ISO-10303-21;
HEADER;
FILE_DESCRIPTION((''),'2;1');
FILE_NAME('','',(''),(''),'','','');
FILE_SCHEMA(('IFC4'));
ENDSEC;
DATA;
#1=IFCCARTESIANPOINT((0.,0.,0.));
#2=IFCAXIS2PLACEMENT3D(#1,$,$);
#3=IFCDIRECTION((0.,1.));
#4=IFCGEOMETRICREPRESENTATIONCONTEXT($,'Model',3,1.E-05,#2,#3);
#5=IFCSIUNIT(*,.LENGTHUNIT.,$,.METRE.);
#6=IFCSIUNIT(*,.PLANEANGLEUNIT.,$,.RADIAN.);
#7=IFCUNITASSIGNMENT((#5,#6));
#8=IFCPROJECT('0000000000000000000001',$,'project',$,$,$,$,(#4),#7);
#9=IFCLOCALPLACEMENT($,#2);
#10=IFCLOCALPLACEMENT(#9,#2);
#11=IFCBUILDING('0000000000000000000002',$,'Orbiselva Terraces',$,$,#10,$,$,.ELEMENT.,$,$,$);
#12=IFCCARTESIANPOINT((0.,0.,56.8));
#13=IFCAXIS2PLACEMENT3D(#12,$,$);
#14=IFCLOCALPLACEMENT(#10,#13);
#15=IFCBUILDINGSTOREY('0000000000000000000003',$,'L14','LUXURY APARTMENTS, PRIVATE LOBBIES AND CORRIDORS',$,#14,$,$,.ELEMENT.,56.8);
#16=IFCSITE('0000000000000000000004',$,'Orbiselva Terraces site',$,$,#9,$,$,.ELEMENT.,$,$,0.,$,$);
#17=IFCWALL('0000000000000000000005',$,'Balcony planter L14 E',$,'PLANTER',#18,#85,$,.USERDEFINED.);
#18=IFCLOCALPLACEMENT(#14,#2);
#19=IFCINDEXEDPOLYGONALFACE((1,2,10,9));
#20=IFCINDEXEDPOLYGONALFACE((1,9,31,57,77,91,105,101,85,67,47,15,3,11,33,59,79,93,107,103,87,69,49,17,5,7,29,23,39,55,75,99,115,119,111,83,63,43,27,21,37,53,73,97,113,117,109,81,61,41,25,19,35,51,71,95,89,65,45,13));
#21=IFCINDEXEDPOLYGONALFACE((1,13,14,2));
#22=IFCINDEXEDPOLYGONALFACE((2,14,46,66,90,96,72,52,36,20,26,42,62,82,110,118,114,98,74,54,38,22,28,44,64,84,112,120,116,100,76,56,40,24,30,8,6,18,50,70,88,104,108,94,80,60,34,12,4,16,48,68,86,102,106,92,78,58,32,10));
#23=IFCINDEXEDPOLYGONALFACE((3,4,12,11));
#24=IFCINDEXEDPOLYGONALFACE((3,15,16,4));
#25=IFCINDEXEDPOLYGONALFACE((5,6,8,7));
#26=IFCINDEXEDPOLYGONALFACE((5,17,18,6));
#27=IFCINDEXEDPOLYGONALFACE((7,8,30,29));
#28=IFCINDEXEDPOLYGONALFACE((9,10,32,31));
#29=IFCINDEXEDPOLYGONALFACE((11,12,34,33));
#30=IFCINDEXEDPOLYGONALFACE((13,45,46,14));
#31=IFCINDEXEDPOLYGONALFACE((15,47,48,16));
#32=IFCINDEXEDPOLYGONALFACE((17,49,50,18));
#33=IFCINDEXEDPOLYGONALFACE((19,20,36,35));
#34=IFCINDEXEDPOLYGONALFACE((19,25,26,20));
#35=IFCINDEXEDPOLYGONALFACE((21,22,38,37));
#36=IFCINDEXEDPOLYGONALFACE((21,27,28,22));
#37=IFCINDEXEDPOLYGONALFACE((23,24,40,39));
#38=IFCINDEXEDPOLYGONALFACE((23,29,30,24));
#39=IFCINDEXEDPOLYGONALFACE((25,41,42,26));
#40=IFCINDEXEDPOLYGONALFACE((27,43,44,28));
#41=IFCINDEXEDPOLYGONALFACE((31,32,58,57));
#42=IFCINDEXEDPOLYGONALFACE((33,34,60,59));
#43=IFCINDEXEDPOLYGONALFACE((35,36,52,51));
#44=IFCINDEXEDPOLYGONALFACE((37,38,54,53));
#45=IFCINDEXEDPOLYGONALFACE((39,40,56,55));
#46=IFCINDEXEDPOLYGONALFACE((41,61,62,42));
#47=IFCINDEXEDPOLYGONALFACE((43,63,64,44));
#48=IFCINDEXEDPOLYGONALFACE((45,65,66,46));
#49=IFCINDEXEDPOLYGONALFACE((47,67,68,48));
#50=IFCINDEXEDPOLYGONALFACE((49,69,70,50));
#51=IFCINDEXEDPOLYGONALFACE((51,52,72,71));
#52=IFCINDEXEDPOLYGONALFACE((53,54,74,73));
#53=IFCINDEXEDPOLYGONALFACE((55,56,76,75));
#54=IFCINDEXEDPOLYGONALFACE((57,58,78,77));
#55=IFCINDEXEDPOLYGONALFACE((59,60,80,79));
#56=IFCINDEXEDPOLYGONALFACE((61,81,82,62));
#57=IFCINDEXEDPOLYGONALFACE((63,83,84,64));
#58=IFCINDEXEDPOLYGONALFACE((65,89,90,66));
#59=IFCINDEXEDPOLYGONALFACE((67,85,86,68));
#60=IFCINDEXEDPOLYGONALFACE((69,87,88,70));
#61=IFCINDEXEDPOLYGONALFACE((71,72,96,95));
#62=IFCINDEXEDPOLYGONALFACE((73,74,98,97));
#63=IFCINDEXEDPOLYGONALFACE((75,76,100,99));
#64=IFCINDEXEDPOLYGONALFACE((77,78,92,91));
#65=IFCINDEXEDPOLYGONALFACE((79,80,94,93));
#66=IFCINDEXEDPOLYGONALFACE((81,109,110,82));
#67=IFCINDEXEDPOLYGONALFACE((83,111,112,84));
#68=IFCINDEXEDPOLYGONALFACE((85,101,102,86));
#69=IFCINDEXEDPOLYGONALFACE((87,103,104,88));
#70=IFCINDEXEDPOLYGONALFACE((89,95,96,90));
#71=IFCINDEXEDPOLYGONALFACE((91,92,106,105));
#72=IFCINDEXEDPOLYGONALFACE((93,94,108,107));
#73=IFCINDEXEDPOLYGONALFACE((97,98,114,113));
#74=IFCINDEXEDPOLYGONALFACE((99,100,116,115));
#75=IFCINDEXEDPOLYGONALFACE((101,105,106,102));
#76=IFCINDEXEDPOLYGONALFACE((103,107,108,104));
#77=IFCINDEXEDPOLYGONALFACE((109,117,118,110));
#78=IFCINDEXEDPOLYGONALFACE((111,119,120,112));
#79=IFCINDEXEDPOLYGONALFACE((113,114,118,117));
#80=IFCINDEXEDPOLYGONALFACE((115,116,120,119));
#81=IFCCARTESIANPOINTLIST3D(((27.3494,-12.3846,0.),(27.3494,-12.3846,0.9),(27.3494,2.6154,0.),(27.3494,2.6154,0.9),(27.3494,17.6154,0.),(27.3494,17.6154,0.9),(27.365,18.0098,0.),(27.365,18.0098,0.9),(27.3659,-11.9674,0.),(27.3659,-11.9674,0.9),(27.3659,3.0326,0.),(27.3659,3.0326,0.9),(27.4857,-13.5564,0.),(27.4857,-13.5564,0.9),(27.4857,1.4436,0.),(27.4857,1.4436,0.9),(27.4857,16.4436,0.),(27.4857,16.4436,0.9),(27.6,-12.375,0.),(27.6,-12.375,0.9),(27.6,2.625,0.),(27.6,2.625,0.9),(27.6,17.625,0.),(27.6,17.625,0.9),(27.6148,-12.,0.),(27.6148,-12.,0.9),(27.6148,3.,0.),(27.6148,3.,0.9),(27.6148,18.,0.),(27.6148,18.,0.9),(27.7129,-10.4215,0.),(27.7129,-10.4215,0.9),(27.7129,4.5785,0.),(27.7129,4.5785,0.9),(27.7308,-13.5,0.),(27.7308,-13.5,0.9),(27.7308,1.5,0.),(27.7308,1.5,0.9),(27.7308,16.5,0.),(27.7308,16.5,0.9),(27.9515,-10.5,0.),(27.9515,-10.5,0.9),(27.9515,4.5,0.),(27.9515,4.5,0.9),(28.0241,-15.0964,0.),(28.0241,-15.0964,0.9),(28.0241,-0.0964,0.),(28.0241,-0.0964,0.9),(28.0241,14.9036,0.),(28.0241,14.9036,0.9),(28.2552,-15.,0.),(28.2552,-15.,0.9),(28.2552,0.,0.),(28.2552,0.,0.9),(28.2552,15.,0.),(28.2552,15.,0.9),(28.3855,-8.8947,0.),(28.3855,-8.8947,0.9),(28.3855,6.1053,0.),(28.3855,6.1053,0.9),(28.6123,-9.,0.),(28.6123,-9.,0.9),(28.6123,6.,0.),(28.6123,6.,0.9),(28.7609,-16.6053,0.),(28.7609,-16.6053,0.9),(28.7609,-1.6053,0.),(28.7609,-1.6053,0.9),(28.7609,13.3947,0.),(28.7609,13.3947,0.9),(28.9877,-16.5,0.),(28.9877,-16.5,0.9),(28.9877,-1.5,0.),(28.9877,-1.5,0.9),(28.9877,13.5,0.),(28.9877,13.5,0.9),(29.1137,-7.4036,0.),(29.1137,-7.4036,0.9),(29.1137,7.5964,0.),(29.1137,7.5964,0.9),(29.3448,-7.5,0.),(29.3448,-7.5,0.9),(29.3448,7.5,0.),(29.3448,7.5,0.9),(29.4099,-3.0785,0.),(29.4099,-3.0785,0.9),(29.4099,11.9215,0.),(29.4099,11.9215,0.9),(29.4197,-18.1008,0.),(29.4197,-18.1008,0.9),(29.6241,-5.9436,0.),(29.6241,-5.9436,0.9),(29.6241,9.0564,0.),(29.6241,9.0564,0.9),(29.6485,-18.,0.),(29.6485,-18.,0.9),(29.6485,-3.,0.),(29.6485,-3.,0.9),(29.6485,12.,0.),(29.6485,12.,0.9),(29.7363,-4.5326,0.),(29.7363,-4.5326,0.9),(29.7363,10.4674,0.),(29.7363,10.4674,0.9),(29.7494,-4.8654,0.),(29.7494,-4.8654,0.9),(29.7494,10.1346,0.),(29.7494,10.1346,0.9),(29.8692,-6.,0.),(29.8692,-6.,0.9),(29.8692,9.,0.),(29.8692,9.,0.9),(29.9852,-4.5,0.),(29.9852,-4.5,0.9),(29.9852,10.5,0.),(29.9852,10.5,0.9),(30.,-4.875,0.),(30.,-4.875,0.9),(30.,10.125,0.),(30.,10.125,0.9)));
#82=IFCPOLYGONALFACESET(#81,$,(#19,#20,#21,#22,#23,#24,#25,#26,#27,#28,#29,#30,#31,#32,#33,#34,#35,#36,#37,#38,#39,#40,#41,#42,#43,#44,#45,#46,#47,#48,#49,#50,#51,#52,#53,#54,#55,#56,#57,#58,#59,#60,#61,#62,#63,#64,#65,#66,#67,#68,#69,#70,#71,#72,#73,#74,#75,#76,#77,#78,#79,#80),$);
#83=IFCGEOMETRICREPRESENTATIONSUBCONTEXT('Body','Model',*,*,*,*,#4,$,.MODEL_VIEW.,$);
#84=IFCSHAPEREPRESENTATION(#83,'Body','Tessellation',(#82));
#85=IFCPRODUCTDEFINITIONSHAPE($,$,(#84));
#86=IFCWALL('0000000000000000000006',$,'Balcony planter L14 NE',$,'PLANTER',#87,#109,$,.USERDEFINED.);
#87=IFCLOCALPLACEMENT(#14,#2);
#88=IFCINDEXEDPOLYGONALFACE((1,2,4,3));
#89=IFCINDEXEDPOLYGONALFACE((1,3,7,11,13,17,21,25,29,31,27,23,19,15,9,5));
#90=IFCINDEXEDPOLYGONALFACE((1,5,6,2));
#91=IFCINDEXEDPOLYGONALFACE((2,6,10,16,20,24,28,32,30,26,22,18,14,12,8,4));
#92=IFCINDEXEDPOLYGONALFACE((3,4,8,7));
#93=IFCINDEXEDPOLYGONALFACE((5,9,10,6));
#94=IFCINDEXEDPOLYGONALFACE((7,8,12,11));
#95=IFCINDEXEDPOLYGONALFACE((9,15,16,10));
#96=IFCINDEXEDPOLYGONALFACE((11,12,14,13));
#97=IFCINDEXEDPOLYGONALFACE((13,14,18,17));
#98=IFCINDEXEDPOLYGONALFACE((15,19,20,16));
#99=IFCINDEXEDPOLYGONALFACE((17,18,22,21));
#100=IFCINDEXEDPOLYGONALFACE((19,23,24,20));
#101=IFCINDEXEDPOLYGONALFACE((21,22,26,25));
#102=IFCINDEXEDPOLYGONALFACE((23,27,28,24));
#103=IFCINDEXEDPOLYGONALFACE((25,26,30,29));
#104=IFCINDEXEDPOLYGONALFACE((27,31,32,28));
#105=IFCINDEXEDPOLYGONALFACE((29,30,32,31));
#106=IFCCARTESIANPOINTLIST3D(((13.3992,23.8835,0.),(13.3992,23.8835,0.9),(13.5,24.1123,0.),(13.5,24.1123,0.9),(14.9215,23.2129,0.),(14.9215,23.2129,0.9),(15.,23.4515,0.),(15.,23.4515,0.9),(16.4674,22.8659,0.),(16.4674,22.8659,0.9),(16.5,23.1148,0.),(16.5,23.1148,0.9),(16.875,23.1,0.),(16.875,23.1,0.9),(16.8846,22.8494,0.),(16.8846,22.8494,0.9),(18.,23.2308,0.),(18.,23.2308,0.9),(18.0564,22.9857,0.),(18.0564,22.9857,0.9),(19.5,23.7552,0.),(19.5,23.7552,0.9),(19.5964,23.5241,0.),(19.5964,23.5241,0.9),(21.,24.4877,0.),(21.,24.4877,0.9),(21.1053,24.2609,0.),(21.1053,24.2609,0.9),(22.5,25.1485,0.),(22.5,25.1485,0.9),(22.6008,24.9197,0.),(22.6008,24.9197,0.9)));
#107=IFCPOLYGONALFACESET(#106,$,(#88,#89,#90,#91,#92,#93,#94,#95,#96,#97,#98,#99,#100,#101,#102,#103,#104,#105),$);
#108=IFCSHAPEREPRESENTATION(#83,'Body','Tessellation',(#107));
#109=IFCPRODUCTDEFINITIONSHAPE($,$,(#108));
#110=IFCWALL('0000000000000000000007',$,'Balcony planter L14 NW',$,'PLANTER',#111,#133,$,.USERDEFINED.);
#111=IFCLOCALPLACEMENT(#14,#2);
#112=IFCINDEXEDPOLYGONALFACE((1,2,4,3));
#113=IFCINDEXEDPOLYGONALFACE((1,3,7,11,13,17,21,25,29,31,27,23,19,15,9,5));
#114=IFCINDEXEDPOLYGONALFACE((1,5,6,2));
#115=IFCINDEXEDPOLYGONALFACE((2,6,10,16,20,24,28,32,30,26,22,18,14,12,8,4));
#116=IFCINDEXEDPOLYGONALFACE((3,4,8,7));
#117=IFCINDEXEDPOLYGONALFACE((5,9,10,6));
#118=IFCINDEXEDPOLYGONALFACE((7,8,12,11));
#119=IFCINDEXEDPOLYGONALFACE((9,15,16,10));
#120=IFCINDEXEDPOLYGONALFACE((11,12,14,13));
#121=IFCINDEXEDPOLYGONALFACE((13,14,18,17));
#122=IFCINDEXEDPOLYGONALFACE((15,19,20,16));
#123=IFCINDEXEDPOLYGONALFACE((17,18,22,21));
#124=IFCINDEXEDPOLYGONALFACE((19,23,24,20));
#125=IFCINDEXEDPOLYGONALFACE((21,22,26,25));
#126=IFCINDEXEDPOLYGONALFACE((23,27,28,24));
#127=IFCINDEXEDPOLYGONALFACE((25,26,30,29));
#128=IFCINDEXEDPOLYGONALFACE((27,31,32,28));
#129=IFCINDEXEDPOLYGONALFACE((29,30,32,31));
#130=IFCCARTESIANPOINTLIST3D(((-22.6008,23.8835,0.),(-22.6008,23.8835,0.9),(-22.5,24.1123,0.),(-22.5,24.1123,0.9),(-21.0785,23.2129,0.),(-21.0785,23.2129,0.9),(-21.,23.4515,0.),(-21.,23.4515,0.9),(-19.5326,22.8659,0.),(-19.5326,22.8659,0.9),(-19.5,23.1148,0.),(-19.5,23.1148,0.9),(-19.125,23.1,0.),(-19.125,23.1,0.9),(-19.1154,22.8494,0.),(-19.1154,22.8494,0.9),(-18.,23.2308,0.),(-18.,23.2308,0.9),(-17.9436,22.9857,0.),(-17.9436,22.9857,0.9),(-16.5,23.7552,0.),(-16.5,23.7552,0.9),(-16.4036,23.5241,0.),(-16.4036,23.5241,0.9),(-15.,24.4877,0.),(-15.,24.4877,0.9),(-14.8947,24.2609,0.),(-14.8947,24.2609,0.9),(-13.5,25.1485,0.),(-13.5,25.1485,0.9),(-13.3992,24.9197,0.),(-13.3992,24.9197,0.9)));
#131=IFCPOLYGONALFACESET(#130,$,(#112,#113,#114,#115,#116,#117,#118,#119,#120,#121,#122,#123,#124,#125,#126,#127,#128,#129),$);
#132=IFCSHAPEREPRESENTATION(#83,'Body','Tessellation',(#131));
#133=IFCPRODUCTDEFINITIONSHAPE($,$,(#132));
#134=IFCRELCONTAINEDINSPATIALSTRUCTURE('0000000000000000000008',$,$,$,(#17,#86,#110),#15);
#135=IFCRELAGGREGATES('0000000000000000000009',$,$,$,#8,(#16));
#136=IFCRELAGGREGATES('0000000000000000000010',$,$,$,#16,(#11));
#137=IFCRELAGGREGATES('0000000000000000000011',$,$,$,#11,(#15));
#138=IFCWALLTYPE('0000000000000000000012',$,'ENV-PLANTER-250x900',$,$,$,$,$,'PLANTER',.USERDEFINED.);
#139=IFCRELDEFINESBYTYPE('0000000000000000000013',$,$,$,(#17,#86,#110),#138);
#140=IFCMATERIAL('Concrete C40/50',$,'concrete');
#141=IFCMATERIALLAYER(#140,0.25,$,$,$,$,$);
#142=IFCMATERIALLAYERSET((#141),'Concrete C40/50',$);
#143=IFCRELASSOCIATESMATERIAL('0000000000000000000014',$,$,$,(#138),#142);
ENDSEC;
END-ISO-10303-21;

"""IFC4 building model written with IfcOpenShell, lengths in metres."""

from ifc_helpers import new_model, si_unit, direction, frame, origin, place, context, subcontext, project, spatial, polyline, outline, extrude, material, layer, layer_set, type_object, element, save


model = new_model("IFC4")

# Units and contexts
model_context = context("Model", 3, precision=1e-05, world=origin(), true_north=direction((0.0, 1.0)))
body_context = subcontext(model_context, "Body", "Model", "MODEL_VIEW")
ifc_project = project(units=[si_unit("LENGTHUNIT", "METRE"), si_unit("PLANEANGLEUNIT", "RADIAN")], contexts=[model_context])

# Site, building, storey
site_placement = place(None, origin())
site = spatial("IfcSite", under=ifc_project, at=site_placement, Name="Orbiselva Terraces site", CompositionType="ELEMENT", RefElevation=0.0)
building_placement = place(site_placement, origin())
building = spatial("IfcBuilding", under=site, at=building_placement, Name="Orbiselva Terraces", CompositionType="ELEMENT")
storey_placement = place(building_placement, frame((0.0, 0.0, 56.8)))
storey = spatial("IfcBuildingStorey", under=building, at=storey_placement, Name="L14", Description="LUXURY APARTMENTS, PRIVATE LOBBIES AND CORRIDORS", CompositionType="ELEMENT", Elevation=56.8)

# Shared definitions
ifc_material_1 = material(Name="Concrete C40/50", Category="concrete")

# Walls
ifc_layer_1 = layer(ifc_material_1, 0.25)
ifc_layer_set_1 = layer_set([ifc_layer_1], Name="Concrete C40/50")
wall_type_1 = type_object("IfcWallType", Name="ENV-PLANTER-250x900", ElementType="PLANTER", PredefinedType="USERDEFINED", material=ifc_layer_set_1)
wall_1_placement = place(storey_placement, origin())
element("IfcWall", 1, at=wall_1_placement, inside=storey, type_object=wall_type_1, Name="Balcony planter L14 E", ObjectType="PLANTER", PredefinedType="USERDEFINED", context=body_context, shape_type="SweptSolid", body=[
    extrude(outline(polyline([(29.6485, -18.0), (28.9877, -16.5), (28.2552, -15.0), (27.7308, -13.5), (27.6, -12.375), (27.6148, -12.0), (27.9515, -10.5), (28.6123, -9.0), (29.3448, -7.5), (29.8692, -6.0), (30.0, -4.875), (29.9852, -4.5), (29.6485, -3.0), (28.9877, -1.5), (28.2552, 0.0), (27.7308, 1.5), (27.6, 2.625), (27.6148, 3.0), (27.9515, 4.5), (28.6123, 6.0), (29.3448, 7.5), (29.8692, 9.0), (30.0, 10.125), (29.9852, 10.5), (29.6485, 12.0), (28.9877, 13.5), (28.2552, 15.0), (27.7308, 16.5), (27.6, 17.625), (27.6148, 18.0), (27.365, 18.0098), (27.3494, 17.6154), (27.4857, 16.4436), (28.0241, 14.9036), (28.7609, 13.3947), (29.4099, 11.9215), (29.7363, 10.4674), (29.7494, 10.1346), (29.6241, 9.0564), (29.1137, 7.5964), (28.3855, 6.1053), (27.7129, 4.5785), (27.3659, 3.0326), (27.3494, 2.6154), (27.4857, 1.4436), (28.0241, -0.0964), (28.7609, -1.6053), (29.4099, -3.0785), (29.7363, -4.5326), (29.7494, -4.8654), (29.6241, -5.9436), (29.1137, -7.4036), (28.3855, -8.8947), (27.7129, -10.4215), (27.3659, -11.9674), (27.3494, -12.3846), (27.4857, -13.5564), (28.0241, -15.0964), (28.7609, -16.6053), (29.4197, -18.1008), (29.6485, -18.0)])), origin(), (0.0, 0.0, 1.0), 0.9),
])
wall_2_placement = place(storey_placement, origin())
element("IfcWall", 2, at=wall_2_placement, inside=storey, type_object=wall_type_1, Name="Balcony planter L14 NE", ObjectType="PLANTER", PredefinedType="USERDEFINED", context=body_context, shape_type="SweptSolid", body=[
    extrude(outline(polyline([(22.5, 25.1485), (21.0, 24.4877), (19.5, 23.7552), (18.0, 23.2308), (16.875, 23.1), (16.5, 23.1148), (15.0, 23.4515), (13.5, 24.1123), (13.3992, 23.8835), (14.9215, 23.2129), (16.4674, 22.8659), (16.8846, 22.8494), (18.0564, 22.9857), (19.5964, 23.5241), (21.1053, 24.2609), (22.6008, 24.9197), (22.5, 25.1485)])), origin(), (0.0, 0.0, 1.0), 0.9),
])
wall_3_placement = place(storey_placement, origin())
element("IfcWall", 3, at=wall_3_placement, inside=storey, type_object=wall_type_1, Name="Balcony planter L14 NW", ObjectType="PLANTER", PredefinedType="USERDEFINED", context=body_context, shape_type="SweptSolid", body=[
    extrude(outline(polyline([(-13.5, 25.1485), (-15.0, 24.4877), (-16.5, 23.7552), (-18.0, 23.2308), (-19.125, 23.1), (-19.5, 23.1148), (-21.0, 23.4515), (-22.5, 24.1123), (-22.6008, 23.8835), (-21.0785, 23.2129), (-19.5326, 22.8659), (-19.1154, 22.8494), (-17.9436, 22.9857), (-16.4036, 23.5241), (-14.8947, 24.2609), (-13.3992, 24.9197), (-13.5, 25.1485)])), origin(), (0.0, 0.0, 1.0), 0.9),
])

save(model, "model.ifc")
